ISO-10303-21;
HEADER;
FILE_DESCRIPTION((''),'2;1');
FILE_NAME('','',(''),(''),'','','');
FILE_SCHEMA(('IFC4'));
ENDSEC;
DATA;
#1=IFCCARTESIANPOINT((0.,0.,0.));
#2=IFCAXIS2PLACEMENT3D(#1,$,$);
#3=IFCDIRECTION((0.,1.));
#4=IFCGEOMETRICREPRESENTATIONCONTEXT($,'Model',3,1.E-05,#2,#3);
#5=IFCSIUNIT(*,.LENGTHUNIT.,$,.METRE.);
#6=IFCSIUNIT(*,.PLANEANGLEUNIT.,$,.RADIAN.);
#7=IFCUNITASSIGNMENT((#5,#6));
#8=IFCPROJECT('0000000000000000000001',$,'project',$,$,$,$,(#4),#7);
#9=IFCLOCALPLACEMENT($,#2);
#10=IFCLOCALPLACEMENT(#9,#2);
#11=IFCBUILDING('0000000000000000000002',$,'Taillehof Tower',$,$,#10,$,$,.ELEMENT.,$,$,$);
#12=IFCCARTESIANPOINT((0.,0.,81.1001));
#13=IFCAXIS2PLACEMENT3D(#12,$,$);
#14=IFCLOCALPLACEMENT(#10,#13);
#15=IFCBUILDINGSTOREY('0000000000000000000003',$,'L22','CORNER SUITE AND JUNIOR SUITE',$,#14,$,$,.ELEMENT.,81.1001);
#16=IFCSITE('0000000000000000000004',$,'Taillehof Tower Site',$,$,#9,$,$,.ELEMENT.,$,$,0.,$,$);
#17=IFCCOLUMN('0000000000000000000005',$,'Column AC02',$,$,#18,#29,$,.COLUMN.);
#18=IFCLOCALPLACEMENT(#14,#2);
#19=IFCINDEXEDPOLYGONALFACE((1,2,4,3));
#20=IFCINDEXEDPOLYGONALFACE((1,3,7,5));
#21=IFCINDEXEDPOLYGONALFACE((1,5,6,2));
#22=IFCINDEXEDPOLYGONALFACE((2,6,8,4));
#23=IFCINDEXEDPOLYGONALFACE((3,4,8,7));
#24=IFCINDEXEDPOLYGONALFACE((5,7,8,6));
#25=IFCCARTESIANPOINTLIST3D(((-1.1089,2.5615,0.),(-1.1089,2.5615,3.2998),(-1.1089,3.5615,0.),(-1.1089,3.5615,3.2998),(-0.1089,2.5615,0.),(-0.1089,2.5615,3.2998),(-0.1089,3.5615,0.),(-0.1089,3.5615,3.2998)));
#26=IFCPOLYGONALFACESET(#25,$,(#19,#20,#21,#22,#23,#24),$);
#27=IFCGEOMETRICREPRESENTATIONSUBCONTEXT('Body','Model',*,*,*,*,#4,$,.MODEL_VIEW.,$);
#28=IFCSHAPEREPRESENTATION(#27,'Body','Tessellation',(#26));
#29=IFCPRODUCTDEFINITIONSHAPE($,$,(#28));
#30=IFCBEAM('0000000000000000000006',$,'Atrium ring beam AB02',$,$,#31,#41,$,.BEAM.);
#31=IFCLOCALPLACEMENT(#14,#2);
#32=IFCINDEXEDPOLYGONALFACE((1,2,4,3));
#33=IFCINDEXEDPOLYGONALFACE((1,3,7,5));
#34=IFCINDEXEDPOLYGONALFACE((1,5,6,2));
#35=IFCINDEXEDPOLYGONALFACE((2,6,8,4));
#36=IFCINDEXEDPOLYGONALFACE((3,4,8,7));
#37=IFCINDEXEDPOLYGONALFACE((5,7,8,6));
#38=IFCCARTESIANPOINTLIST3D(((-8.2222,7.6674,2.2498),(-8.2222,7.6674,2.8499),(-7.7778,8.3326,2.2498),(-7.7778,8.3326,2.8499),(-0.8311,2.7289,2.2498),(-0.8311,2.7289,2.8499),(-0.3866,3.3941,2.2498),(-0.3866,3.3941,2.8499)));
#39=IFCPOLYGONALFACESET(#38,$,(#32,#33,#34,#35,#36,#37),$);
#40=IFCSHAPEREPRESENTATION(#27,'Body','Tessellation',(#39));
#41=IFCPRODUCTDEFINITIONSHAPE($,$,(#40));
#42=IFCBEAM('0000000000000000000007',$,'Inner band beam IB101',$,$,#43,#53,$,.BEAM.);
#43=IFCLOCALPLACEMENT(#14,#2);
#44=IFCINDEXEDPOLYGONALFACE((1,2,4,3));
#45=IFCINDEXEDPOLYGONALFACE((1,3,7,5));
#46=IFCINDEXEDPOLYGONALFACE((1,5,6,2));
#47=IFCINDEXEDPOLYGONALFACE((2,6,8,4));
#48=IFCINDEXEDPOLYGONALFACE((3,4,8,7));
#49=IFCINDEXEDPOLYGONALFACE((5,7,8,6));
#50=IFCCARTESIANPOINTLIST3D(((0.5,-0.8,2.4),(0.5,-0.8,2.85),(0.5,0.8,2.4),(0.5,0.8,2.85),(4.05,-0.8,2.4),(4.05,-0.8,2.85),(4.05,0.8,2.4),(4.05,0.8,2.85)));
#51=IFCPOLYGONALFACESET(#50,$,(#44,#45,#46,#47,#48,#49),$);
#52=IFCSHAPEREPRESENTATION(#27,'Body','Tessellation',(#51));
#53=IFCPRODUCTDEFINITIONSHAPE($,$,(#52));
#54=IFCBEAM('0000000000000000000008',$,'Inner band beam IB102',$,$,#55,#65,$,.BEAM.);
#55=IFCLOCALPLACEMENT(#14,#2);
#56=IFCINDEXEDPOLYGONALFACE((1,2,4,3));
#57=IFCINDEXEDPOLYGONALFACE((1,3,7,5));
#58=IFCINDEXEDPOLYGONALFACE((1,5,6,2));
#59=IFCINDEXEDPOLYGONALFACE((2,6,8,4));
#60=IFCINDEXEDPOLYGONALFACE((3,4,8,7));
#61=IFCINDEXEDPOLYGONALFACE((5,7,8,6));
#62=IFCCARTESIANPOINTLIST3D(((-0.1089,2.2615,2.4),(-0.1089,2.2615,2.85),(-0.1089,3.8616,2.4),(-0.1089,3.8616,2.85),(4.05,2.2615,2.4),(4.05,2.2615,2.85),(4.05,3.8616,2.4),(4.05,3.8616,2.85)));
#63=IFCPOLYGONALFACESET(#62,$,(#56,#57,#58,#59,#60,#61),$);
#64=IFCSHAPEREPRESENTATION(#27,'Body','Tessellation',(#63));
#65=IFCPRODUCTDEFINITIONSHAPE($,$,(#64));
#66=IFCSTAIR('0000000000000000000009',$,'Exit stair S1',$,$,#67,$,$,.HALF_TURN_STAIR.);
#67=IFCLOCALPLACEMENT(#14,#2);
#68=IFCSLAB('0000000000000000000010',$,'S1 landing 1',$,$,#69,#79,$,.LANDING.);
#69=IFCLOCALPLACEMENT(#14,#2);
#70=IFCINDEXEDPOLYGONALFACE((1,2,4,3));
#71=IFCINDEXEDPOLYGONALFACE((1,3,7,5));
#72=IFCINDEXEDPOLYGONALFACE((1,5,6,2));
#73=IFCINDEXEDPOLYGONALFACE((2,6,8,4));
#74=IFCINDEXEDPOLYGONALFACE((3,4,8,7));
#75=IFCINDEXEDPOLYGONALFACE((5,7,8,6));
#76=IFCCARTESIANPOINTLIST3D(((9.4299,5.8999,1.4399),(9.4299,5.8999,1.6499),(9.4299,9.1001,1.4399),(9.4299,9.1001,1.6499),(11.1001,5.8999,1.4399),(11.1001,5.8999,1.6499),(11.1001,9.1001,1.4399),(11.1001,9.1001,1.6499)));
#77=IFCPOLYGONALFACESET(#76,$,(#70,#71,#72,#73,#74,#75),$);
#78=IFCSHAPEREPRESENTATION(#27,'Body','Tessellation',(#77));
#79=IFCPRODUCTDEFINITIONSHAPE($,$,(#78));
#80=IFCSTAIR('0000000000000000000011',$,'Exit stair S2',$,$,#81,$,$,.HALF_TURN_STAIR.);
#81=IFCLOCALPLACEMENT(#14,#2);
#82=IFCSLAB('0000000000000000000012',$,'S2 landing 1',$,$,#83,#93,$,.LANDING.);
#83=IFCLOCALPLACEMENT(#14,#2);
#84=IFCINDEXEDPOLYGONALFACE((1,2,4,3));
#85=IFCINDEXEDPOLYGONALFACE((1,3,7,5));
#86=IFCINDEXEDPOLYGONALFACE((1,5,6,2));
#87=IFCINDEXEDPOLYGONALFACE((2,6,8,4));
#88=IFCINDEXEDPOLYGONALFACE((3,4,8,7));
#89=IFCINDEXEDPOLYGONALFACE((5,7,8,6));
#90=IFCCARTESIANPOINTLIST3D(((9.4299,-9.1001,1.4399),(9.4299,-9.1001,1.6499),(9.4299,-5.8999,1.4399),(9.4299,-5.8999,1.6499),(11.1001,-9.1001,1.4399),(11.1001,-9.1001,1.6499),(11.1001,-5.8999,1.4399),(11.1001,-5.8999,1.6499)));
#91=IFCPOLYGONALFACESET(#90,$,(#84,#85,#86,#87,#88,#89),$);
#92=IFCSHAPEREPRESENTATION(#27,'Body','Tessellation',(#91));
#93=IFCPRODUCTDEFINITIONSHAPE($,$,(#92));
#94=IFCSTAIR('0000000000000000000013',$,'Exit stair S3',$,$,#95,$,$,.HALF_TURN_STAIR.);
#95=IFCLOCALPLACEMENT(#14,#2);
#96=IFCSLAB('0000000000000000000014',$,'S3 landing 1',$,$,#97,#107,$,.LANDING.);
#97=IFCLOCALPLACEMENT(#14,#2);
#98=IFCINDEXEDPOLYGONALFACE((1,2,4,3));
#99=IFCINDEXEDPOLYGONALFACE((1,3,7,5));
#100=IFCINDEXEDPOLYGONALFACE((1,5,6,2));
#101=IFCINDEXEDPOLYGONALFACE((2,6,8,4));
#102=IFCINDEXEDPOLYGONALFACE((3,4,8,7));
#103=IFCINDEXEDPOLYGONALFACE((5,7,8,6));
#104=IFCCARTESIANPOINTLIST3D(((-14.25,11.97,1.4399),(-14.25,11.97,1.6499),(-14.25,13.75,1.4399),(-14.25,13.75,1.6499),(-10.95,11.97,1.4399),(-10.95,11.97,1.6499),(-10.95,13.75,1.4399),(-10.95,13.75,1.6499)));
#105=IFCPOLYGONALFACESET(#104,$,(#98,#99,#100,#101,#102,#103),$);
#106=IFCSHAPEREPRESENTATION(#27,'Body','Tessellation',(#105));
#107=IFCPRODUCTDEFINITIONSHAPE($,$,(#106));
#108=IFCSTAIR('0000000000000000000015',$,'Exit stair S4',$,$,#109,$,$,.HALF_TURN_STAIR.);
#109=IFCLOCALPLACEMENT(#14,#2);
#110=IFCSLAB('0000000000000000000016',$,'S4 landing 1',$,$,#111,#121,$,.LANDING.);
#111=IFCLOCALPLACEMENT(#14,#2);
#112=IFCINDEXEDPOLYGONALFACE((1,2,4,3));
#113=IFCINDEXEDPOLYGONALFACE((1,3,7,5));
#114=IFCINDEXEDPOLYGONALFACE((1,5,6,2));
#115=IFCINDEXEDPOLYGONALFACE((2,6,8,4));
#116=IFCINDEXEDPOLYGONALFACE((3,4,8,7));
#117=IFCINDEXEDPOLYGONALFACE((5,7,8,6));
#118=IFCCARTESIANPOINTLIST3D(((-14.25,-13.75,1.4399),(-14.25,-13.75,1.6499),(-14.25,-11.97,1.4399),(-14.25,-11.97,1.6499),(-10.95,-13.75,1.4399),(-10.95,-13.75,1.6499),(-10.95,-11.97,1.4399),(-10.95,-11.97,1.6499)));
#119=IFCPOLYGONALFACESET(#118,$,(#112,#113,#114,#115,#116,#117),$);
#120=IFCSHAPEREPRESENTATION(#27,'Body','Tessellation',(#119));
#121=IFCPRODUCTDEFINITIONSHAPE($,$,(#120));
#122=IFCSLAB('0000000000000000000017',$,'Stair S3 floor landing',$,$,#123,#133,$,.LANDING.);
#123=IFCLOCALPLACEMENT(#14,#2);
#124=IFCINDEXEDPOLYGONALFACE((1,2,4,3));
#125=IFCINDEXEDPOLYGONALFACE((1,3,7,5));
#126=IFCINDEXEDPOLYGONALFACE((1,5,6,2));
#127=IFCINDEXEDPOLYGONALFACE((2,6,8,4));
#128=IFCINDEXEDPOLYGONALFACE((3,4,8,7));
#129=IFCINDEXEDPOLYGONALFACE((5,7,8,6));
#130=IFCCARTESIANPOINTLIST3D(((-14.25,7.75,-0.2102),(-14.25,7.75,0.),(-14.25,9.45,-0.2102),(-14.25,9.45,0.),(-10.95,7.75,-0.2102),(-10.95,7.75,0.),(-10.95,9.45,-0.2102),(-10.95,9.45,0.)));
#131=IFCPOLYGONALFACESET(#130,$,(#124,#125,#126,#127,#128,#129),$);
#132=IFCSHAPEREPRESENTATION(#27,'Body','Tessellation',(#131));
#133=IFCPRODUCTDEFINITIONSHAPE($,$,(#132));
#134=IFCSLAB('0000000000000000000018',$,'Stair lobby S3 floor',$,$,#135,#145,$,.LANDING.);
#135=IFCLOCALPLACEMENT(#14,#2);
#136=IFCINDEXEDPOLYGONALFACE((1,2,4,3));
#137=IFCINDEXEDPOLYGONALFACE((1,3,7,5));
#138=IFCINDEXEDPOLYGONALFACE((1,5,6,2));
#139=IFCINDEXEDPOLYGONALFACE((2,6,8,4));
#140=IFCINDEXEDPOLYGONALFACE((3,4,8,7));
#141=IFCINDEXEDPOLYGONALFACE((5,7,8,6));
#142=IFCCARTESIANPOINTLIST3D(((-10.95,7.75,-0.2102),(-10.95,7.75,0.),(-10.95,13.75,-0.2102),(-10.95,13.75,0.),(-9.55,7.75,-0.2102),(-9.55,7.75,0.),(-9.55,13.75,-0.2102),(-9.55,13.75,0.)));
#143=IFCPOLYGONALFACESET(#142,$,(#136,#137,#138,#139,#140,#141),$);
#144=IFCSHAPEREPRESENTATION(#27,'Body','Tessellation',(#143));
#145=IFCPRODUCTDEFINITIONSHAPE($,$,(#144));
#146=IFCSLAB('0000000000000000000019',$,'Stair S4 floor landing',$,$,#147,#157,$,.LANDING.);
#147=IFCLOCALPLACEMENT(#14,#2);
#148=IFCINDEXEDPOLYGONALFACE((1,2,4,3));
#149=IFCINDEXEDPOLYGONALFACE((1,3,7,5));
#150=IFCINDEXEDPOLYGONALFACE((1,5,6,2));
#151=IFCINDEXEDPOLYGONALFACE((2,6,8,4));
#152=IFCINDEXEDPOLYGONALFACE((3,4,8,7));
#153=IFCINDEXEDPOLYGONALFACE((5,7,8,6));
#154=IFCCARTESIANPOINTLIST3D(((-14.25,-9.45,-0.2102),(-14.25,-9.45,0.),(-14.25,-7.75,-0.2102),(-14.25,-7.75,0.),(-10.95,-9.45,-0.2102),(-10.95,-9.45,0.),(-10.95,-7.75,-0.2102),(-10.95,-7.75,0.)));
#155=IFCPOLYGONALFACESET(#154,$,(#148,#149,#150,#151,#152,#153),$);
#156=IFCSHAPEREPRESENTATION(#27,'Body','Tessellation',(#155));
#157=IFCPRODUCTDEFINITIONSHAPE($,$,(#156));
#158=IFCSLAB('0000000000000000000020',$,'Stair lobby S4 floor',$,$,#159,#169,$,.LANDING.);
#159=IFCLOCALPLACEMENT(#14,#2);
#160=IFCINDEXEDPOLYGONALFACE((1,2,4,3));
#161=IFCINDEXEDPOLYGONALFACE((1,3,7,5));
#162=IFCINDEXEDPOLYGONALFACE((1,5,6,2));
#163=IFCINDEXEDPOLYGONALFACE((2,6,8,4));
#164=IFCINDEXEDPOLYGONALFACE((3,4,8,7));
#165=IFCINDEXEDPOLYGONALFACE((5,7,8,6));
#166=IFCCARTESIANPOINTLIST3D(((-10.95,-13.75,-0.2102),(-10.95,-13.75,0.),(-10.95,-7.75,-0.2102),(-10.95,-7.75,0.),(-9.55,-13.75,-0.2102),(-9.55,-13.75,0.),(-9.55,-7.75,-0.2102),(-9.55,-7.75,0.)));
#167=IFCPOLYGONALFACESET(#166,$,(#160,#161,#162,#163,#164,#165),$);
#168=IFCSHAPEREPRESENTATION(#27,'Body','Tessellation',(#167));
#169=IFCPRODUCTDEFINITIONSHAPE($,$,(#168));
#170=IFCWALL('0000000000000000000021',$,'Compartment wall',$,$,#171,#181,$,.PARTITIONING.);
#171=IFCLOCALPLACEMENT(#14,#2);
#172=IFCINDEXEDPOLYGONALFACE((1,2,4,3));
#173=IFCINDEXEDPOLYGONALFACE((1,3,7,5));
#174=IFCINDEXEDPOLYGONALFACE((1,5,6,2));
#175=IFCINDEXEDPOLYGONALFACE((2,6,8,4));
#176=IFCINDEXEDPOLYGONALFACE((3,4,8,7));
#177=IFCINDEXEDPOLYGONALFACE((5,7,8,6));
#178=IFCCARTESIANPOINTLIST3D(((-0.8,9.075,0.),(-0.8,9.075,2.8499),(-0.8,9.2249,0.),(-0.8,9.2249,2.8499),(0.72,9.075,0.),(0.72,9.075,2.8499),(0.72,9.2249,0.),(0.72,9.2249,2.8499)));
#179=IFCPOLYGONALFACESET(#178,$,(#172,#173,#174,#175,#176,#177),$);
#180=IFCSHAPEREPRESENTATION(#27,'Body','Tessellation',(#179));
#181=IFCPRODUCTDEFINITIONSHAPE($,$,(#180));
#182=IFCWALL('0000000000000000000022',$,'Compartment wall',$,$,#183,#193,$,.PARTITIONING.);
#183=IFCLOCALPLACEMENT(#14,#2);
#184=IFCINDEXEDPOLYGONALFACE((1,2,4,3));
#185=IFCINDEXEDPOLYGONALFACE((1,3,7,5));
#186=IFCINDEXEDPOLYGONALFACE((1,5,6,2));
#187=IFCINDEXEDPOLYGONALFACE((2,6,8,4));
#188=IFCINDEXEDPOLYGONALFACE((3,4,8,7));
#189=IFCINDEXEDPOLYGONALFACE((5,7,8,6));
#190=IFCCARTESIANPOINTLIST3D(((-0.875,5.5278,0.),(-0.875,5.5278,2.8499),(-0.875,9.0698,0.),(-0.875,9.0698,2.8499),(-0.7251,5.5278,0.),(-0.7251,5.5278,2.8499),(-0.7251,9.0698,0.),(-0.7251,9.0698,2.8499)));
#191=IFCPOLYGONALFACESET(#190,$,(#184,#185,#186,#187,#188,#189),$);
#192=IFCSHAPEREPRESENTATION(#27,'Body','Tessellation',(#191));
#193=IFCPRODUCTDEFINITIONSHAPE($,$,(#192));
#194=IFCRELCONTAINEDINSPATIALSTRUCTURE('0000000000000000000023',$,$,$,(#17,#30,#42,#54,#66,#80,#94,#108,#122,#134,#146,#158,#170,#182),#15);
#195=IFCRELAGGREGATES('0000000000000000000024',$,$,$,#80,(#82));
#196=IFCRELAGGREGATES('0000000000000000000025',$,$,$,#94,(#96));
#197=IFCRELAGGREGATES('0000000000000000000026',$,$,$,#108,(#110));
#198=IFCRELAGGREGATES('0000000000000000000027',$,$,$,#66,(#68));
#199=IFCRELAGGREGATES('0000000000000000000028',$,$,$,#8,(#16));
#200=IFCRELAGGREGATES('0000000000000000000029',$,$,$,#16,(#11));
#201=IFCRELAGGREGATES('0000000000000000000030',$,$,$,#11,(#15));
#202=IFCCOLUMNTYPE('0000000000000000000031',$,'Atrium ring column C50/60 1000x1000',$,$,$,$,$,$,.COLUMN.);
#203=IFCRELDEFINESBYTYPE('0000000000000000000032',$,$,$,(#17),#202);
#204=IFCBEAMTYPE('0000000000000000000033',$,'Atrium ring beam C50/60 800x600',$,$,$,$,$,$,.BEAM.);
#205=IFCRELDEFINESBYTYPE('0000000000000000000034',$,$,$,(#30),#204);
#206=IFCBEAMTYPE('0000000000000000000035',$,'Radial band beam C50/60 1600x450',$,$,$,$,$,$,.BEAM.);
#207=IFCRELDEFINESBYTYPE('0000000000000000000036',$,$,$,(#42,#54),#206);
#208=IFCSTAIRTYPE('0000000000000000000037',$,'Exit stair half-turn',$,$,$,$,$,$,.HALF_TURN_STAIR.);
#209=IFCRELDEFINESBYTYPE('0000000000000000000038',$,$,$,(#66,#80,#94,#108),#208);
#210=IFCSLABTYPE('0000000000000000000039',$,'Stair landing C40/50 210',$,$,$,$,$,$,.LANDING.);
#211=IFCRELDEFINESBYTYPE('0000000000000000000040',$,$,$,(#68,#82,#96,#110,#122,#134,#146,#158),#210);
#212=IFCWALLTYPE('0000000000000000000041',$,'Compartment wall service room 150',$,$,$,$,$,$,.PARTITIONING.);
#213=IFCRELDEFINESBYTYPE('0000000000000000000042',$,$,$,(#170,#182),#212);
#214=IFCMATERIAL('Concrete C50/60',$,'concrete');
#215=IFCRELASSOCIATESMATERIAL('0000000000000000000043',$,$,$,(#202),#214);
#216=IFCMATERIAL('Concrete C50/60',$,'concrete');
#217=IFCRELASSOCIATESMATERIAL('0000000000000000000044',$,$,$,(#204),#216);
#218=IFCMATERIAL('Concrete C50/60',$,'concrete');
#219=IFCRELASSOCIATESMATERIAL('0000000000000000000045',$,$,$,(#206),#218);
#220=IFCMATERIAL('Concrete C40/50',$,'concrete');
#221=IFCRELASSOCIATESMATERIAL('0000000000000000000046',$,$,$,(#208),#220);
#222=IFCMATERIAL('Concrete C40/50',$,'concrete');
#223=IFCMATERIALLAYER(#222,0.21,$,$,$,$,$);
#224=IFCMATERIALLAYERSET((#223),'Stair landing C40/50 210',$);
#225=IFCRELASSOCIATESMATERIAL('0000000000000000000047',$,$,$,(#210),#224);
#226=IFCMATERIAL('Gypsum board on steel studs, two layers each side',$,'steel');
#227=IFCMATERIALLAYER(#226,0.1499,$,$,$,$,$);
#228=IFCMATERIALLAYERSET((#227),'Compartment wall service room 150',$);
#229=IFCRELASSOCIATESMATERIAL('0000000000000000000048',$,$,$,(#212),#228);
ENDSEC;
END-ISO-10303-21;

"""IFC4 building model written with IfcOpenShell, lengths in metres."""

from ifc_helpers import new_model, si_unit, direction, frame, frame_2d, origin, origin_2d, place, context, subcontext, project, spatial, polyline, rectangle, outline, extrude, material, layer, layer_set, material_profile, profile_set, type_object, element, aggregate, save


model = new_model("IFC4")

# Units and contexts
model_context = context("Model", 3, precision=1e-05, world=origin(), true_north=direction((0.0, 1.0)))
body_context = subcontext(model_context, "Body", "Model", "MODEL_VIEW")
ifc_project = project(units=[si_unit("LENGTHUNIT", "METRE"), si_unit("PLANEANGLEUNIT", "RADIAN")], contexts=[model_context])

# Site, building, storey
site_placement = place(None, origin())
site = spatial("IfcSite", under=ifc_project, at=site_placement, Name="Taillehof Tower Site", CompositionType="ELEMENT", RefElevation=0.0)
building_placement = place(site_placement, origin())
building = spatial("IfcBuilding", under=site, at=building_placement, Name="Taillehof Tower", CompositionType="ELEMENT")
storey_placement = place(building_placement, frame((0.0, 0.0, 81.1001)))
storey = spatial("IfcBuildingStorey", under=building, at=storey_placement, Name="L22", Description="CORNER SUITE AND JUNIOR SUITE", CompositionType="ELEMENT", Elevation=81.1001)

# Column
ifc_material_1 = material(Name="Concrete C50/60", Category="concrete")
ifc_material_profile_1 = material_profile(ifc_material_1, rectangle(XDim=1.0, YDim=1.0, at=origin_2d()), Name="RC 1000x1000")
ifc_profile_set_1 = profile_set([ifc_material_profile_1], Name="Concrete C50/60")
column_type = type_object("IfcColumnType", Name="Atrium ring column C50/60 1000x1000", PredefinedType="COLUMN", material=ifc_profile_set_1)
column_placement = place(storey_placement, frame((-0.6089, 3.0615, 0.0), z_axis=(0.0, 0.0, 1.0), x_axis=(1.0, 0.0, 0.0)))
element("IfcColumn", 1, at=column_placement, inside=storey, type_object=column_type, Name="Column AC02", PredefinedType="COLUMN", context=body_context, shape_type="SweptSolid", body=[
    extrude(rectangle(XDim=1.0, YDim=1.0, at=origin_2d()), origin(), (0.0, 0.0, 1.0), 3.2998),
])

# Beams
ifc_material_2 = material(Name="Concrete C50/60", Category="concrete")
ifc_material_profile_2 = material_profile(ifc_material_2, rectangle(XDim=0.8, YDim=0.6001, at=origin_2d()), Name="RC 800x600")
ifc_profile_set_2 = profile_set([ifc_material_profile_2], Name="Concrete C50/60")
beam_type_1 = type_object("IfcBeamType", Name="Atrium ring beam C50/60 800x600", PredefinedType="BEAM", material=ifc_profile_set_2)
beam_1_placement = place(storey_placement, frame((-0.6089, 3.0615, 2.5498), z_axis=(-0.831475, 0.555562, 0.0), x_axis=(-0.555562, -0.831475, 0.0)))
element("IfcBeam", 2, at=beam_1_placement, inside=storey, type_object=beam_type_1, Name="Atrium ring beam AB02", PredefinedType="BEAM", context=body_context, shape_type="SweptSolid", body=[
    extrude(rectangle(XDim=0.8, YDim=0.6001, at=origin_2d()), origin(), (0.0, 0.0, 1.0), 8.8892),
])
ifc_material_3 = material(Name="Concrete C50/60", Category="concrete")
ifc_material_profile_3 = material_profile(ifc_material_3, rectangle(XDim=1.6001, YDim=0.45, at=origin_2d()), Name="RC 1600x450")
ifc_profile_set_3 = profile_set([ifc_material_profile_3], Name="Concrete C50/60")
beam_type_2 = type_object("IfcBeamType", Name="Radial band beam C50/60 1600x450", PredefinedType="BEAM", material=ifc_profile_set_3)
beam_2_placement = place(storey_placement, frame((0.5, 0.0, 2.625), z_axis=(1.0, 0.0, 0.0), x_axis=(0.0, 1.0, 0.0)))
element("IfcBeam", 3, at=beam_2_placement, inside=storey, type_object=beam_type_2, Name="Inner band beam IB101", PredefinedType="BEAM", context=body_context, shape_type="SweptSolid", body=[
    extrude(rectangle(XDim=1.6001, YDim=0.45, at=origin_2d()), origin(), (0.0, 0.0, 1.0), 3.55),
])
beam_3_placement = place(storey_placement, frame((-0.1089, 3.0615, 2.625), z_axis=(1.0, 0.0, 0.0), x_axis=(0.0, 1.0, 0.0)))
element("IfcBeam", 4, at=beam_3_placement, inside=storey, type_object=beam_type_2, Name="Inner band beam IB102", PredefinedType="BEAM", context=body_context, shape_type="SweptSolid", body=[
    extrude(rectangle(XDim=1.6001, YDim=0.45, at=origin_2d()), origin(), (0.0, 0.0, 1.0), 4.1589),
])

# Stairs, slabs
ifc_material_4 = material(Name="Concrete C40/50", Category="concrete")
stair_type = type_object("IfcStairType", Name="Exit stair half-turn", PredefinedType="HALF_TURN_STAIR", material=ifc_material_4)
stair_1_placement = place(storey_placement, origin())
stair_1 = element("IfcStair", 5, at=stair_1_placement, inside=storey, type_object=stair_type, Name="Exit stair S1", PredefinedType="HALF_TURN_STAIR")
ifc_material_5 = material(Name="Concrete C40/50", Category="concrete")
ifc_layer_1 = layer(ifc_material_5, 0.21)
ifc_layer_set_1 = layer_set([ifc_layer_1], Name="Stair landing C40/50 210")
slab_type = type_object("IfcSlabType", Name="Stair landing C40/50 210", PredefinedType="LANDING", material=ifc_layer_set_1)
slab_1_placement = place(storey_placement, frame((0.0, 0.0, 1.4399)))
slab_1 = element("IfcSlab", 6, at=slab_1_placement, type_object=slab_type, Name="S1 landing 1", PredefinedType="LANDING", context=body_context, shape_type="SweptSolid", body=[
    extrude(outline(polyline([(9.4299, 5.8999), (11.1001, 5.8999), (11.1001, 9.1001), (9.4299, 9.1001), (9.4299, 5.8999)])), origin(), (0.0, 0.0, 1.0), 0.21),
])
stair_2_placement = place(storey_placement, origin())
stair_2 = element("IfcStair", 7, at=stair_2_placement, inside=storey, type_object=stair_type, Name="Exit stair S2", PredefinedType="HALF_TURN_STAIR")
slab_2_placement = place(storey_placement, frame((0.0, 0.0, 1.4399)))
slab_2 = element("IfcSlab", 8, at=slab_2_placement, type_object=slab_type, Name="S2 landing 1", PredefinedType="LANDING", context=body_context, shape_type="SweptSolid", body=[
    extrude(outline(polyline([(9.4299, -5.8999), (11.1001, -5.8999), (11.1001, -9.1001), (9.4299, -9.1001), (9.4299, -5.8999)])), origin(), (0.0, 0.0, 1.0), 0.21),
])
aggregate(stair_2, [slab_2])
stair_3_placement = place(storey_placement, origin())
stair_3 = element("IfcStair", 9, at=stair_3_placement, inside=storey, type_object=stair_type, Name="Exit stair S3", PredefinedType="HALF_TURN_STAIR")
slab_3_placement = place(storey_placement, frame((0.0, 0.0, 1.4399)))
slab_3 = element("IfcSlab", 10, at=slab_3_placement, type_object=slab_type, Name="S3 landing 1", PredefinedType="LANDING", context=body_context, shape_type="SweptSolid", body=[
    extrude(outline(polyline([(-14.25, 11.97), (-14.25, 13.75), (-10.95, 13.75), (-10.95, 11.97), (-14.25, 11.97)])), origin(), (0.0, 0.0, 1.0), 0.21),
])
aggregate(stair_3, [slab_3])
stair_4_placement = place(storey_placement, origin())
stair_4 = element("IfcStair", 11, at=stair_4_placement, inside=storey, type_object=stair_type, Name="Exit stair S4", PredefinedType="HALF_TURN_STAIR")
slab_4_placement = place(storey_placement, frame((0.0, 0.0, 1.4399)))
slab_4 = element("IfcSlab", 12, at=slab_4_placement, type_object=slab_type, Name="S4 landing 1", PredefinedType="LANDING", context=body_context, shape_type="SweptSolid", body=[
    extrude(outline(polyline([(-14.25, -11.97), (-14.25, -13.75), (-10.95, -13.75), (-10.95, -11.97), (-14.25, -11.97)])), origin(), (0.0, 0.0, 1.0), 0.21),
])
aggregate(stair_4, [slab_4])

# Slabs
slab_5_placement = place(storey_placement, frame((0.0, 0.0, -0.2102)))
element("IfcSlab", 13, at=slab_5_placement, inside=storey, type_object=slab_type, Name="Stair S3 floor landing", PredefinedType="LANDING", context=body_context, shape_type="SweptSolid", body=[
    extrude(outline(polyline([(-14.25, 7.75), (-14.25, 9.45), (-10.95, 9.45), (-10.95, 7.75), (-14.25, 7.75)])), origin(), (0.0, 0.0, 1.0), 0.2102),
])
slab_6_placement = place(storey_placement, frame((0.0, 0.0, -0.2102)))
element("IfcSlab", 14, at=slab_6_placement, inside=storey, type_object=slab_type, Name="Stair lobby S3 floor", PredefinedType="LANDING", context=body_context, shape_type="SweptSolid", body=[
    extrude(outline(polyline([(-10.95, 7.75), (-9.55, 7.75), (-9.55, 13.75), (-10.95, 13.75), (-10.95, 7.75)])), origin(), (0.0, 0.0, 1.0), 0.2102),
])
slab_7_placement = place(storey_placement, frame((0.0, 0.0, -0.2102)))
element("IfcSlab", 15, at=slab_7_placement, inside=storey, type_object=slab_type, Name="Stair S4 floor landing", PredefinedType="LANDING", context=body_context, shape_type="SweptSolid", body=[
    extrude(outline(polyline([(-14.25, -7.75), (-14.25, -9.45), (-10.95, -9.45), (-10.95, -7.75), (-14.25, -7.75)])), origin(), (0.0, 0.0, 1.0), 0.2102),
])
slab_8_placement = place(storey_placement, frame((0.0, 0.0, -0.2102)))
element("IfcSlab", 16, at=slab_8_placement, inside=storey, type_object=slab_type, Name="Stair lobby S4 floor", PredefinedType="LANDING", context=body_context, shape_type="SweptSolid", body=[
    extrude(outline(polyline([(-10.95, -13.75), (-9.55, -13.75), (-9.55, -7.75), (-10.95, -7.75), (-10.95, -13.75)])), origin(), (0.0, 0.0, 1.0), 0.2102),
])

# Walls
ifc_material_6 = material(Name="Gypsum board on steel studs, two layers each side", Category="steel")
ifc_layer_2 = layer(ifc_material_6, 0.1499)
ifc_layer_set_2 = layer_set([ifc_layer_2], Name="Compartment wall service room 150")
wall_type_1 = type_object("IfcWallType", Name="Compartment wall service room 150", PredefinedType="PARTITIONING", material=ifc_layer_set_2)
wall_1_placement = place(storey_placement, frame((0.72, 9.1499, 0.0), z_axis=(0.0, 0.0, 1.0), x_axis=(-1.0, 0.0, 0.0)))
element("IfcWall", 17, at=wall_1_placement, inside=storey, type_object=wall_type_1, Name="Compartment wall", PredefinedType="PARTITIONING", context=body_context, shape_type="SweptSolid", body=[
    extrude(rectangle(XDim=1.52, YDim=0.1499, at=frame_2d((0.76, 0.0))), origin(), (0.0, 0.0, 1.0), 2.8499),
])
wall_2_placement = place(storey_placement, frame((-0.8, 9.0698, 0.0), z_axis=(0.0, 0.0, 1.0), x_axis=(0.0, -1.0, 0.0)))
element("IfcWall", 18, at=wall_2_placement, inside=storey, type_object=wall_type_1, Name="Compartment wall", PredefinedType="PARTITIONING", context=body_context, shape_type="SweptSolid", body=[
    extrude(rectangle(XDim=3.542, YDim=0.1499, at=frame_2d((1.771, 0.0))), origin(), (0.0, 0.0, 1.0), 2.8499),
])

aggregate(stair_1, [slab_1])

save(model, "model.ifc")
